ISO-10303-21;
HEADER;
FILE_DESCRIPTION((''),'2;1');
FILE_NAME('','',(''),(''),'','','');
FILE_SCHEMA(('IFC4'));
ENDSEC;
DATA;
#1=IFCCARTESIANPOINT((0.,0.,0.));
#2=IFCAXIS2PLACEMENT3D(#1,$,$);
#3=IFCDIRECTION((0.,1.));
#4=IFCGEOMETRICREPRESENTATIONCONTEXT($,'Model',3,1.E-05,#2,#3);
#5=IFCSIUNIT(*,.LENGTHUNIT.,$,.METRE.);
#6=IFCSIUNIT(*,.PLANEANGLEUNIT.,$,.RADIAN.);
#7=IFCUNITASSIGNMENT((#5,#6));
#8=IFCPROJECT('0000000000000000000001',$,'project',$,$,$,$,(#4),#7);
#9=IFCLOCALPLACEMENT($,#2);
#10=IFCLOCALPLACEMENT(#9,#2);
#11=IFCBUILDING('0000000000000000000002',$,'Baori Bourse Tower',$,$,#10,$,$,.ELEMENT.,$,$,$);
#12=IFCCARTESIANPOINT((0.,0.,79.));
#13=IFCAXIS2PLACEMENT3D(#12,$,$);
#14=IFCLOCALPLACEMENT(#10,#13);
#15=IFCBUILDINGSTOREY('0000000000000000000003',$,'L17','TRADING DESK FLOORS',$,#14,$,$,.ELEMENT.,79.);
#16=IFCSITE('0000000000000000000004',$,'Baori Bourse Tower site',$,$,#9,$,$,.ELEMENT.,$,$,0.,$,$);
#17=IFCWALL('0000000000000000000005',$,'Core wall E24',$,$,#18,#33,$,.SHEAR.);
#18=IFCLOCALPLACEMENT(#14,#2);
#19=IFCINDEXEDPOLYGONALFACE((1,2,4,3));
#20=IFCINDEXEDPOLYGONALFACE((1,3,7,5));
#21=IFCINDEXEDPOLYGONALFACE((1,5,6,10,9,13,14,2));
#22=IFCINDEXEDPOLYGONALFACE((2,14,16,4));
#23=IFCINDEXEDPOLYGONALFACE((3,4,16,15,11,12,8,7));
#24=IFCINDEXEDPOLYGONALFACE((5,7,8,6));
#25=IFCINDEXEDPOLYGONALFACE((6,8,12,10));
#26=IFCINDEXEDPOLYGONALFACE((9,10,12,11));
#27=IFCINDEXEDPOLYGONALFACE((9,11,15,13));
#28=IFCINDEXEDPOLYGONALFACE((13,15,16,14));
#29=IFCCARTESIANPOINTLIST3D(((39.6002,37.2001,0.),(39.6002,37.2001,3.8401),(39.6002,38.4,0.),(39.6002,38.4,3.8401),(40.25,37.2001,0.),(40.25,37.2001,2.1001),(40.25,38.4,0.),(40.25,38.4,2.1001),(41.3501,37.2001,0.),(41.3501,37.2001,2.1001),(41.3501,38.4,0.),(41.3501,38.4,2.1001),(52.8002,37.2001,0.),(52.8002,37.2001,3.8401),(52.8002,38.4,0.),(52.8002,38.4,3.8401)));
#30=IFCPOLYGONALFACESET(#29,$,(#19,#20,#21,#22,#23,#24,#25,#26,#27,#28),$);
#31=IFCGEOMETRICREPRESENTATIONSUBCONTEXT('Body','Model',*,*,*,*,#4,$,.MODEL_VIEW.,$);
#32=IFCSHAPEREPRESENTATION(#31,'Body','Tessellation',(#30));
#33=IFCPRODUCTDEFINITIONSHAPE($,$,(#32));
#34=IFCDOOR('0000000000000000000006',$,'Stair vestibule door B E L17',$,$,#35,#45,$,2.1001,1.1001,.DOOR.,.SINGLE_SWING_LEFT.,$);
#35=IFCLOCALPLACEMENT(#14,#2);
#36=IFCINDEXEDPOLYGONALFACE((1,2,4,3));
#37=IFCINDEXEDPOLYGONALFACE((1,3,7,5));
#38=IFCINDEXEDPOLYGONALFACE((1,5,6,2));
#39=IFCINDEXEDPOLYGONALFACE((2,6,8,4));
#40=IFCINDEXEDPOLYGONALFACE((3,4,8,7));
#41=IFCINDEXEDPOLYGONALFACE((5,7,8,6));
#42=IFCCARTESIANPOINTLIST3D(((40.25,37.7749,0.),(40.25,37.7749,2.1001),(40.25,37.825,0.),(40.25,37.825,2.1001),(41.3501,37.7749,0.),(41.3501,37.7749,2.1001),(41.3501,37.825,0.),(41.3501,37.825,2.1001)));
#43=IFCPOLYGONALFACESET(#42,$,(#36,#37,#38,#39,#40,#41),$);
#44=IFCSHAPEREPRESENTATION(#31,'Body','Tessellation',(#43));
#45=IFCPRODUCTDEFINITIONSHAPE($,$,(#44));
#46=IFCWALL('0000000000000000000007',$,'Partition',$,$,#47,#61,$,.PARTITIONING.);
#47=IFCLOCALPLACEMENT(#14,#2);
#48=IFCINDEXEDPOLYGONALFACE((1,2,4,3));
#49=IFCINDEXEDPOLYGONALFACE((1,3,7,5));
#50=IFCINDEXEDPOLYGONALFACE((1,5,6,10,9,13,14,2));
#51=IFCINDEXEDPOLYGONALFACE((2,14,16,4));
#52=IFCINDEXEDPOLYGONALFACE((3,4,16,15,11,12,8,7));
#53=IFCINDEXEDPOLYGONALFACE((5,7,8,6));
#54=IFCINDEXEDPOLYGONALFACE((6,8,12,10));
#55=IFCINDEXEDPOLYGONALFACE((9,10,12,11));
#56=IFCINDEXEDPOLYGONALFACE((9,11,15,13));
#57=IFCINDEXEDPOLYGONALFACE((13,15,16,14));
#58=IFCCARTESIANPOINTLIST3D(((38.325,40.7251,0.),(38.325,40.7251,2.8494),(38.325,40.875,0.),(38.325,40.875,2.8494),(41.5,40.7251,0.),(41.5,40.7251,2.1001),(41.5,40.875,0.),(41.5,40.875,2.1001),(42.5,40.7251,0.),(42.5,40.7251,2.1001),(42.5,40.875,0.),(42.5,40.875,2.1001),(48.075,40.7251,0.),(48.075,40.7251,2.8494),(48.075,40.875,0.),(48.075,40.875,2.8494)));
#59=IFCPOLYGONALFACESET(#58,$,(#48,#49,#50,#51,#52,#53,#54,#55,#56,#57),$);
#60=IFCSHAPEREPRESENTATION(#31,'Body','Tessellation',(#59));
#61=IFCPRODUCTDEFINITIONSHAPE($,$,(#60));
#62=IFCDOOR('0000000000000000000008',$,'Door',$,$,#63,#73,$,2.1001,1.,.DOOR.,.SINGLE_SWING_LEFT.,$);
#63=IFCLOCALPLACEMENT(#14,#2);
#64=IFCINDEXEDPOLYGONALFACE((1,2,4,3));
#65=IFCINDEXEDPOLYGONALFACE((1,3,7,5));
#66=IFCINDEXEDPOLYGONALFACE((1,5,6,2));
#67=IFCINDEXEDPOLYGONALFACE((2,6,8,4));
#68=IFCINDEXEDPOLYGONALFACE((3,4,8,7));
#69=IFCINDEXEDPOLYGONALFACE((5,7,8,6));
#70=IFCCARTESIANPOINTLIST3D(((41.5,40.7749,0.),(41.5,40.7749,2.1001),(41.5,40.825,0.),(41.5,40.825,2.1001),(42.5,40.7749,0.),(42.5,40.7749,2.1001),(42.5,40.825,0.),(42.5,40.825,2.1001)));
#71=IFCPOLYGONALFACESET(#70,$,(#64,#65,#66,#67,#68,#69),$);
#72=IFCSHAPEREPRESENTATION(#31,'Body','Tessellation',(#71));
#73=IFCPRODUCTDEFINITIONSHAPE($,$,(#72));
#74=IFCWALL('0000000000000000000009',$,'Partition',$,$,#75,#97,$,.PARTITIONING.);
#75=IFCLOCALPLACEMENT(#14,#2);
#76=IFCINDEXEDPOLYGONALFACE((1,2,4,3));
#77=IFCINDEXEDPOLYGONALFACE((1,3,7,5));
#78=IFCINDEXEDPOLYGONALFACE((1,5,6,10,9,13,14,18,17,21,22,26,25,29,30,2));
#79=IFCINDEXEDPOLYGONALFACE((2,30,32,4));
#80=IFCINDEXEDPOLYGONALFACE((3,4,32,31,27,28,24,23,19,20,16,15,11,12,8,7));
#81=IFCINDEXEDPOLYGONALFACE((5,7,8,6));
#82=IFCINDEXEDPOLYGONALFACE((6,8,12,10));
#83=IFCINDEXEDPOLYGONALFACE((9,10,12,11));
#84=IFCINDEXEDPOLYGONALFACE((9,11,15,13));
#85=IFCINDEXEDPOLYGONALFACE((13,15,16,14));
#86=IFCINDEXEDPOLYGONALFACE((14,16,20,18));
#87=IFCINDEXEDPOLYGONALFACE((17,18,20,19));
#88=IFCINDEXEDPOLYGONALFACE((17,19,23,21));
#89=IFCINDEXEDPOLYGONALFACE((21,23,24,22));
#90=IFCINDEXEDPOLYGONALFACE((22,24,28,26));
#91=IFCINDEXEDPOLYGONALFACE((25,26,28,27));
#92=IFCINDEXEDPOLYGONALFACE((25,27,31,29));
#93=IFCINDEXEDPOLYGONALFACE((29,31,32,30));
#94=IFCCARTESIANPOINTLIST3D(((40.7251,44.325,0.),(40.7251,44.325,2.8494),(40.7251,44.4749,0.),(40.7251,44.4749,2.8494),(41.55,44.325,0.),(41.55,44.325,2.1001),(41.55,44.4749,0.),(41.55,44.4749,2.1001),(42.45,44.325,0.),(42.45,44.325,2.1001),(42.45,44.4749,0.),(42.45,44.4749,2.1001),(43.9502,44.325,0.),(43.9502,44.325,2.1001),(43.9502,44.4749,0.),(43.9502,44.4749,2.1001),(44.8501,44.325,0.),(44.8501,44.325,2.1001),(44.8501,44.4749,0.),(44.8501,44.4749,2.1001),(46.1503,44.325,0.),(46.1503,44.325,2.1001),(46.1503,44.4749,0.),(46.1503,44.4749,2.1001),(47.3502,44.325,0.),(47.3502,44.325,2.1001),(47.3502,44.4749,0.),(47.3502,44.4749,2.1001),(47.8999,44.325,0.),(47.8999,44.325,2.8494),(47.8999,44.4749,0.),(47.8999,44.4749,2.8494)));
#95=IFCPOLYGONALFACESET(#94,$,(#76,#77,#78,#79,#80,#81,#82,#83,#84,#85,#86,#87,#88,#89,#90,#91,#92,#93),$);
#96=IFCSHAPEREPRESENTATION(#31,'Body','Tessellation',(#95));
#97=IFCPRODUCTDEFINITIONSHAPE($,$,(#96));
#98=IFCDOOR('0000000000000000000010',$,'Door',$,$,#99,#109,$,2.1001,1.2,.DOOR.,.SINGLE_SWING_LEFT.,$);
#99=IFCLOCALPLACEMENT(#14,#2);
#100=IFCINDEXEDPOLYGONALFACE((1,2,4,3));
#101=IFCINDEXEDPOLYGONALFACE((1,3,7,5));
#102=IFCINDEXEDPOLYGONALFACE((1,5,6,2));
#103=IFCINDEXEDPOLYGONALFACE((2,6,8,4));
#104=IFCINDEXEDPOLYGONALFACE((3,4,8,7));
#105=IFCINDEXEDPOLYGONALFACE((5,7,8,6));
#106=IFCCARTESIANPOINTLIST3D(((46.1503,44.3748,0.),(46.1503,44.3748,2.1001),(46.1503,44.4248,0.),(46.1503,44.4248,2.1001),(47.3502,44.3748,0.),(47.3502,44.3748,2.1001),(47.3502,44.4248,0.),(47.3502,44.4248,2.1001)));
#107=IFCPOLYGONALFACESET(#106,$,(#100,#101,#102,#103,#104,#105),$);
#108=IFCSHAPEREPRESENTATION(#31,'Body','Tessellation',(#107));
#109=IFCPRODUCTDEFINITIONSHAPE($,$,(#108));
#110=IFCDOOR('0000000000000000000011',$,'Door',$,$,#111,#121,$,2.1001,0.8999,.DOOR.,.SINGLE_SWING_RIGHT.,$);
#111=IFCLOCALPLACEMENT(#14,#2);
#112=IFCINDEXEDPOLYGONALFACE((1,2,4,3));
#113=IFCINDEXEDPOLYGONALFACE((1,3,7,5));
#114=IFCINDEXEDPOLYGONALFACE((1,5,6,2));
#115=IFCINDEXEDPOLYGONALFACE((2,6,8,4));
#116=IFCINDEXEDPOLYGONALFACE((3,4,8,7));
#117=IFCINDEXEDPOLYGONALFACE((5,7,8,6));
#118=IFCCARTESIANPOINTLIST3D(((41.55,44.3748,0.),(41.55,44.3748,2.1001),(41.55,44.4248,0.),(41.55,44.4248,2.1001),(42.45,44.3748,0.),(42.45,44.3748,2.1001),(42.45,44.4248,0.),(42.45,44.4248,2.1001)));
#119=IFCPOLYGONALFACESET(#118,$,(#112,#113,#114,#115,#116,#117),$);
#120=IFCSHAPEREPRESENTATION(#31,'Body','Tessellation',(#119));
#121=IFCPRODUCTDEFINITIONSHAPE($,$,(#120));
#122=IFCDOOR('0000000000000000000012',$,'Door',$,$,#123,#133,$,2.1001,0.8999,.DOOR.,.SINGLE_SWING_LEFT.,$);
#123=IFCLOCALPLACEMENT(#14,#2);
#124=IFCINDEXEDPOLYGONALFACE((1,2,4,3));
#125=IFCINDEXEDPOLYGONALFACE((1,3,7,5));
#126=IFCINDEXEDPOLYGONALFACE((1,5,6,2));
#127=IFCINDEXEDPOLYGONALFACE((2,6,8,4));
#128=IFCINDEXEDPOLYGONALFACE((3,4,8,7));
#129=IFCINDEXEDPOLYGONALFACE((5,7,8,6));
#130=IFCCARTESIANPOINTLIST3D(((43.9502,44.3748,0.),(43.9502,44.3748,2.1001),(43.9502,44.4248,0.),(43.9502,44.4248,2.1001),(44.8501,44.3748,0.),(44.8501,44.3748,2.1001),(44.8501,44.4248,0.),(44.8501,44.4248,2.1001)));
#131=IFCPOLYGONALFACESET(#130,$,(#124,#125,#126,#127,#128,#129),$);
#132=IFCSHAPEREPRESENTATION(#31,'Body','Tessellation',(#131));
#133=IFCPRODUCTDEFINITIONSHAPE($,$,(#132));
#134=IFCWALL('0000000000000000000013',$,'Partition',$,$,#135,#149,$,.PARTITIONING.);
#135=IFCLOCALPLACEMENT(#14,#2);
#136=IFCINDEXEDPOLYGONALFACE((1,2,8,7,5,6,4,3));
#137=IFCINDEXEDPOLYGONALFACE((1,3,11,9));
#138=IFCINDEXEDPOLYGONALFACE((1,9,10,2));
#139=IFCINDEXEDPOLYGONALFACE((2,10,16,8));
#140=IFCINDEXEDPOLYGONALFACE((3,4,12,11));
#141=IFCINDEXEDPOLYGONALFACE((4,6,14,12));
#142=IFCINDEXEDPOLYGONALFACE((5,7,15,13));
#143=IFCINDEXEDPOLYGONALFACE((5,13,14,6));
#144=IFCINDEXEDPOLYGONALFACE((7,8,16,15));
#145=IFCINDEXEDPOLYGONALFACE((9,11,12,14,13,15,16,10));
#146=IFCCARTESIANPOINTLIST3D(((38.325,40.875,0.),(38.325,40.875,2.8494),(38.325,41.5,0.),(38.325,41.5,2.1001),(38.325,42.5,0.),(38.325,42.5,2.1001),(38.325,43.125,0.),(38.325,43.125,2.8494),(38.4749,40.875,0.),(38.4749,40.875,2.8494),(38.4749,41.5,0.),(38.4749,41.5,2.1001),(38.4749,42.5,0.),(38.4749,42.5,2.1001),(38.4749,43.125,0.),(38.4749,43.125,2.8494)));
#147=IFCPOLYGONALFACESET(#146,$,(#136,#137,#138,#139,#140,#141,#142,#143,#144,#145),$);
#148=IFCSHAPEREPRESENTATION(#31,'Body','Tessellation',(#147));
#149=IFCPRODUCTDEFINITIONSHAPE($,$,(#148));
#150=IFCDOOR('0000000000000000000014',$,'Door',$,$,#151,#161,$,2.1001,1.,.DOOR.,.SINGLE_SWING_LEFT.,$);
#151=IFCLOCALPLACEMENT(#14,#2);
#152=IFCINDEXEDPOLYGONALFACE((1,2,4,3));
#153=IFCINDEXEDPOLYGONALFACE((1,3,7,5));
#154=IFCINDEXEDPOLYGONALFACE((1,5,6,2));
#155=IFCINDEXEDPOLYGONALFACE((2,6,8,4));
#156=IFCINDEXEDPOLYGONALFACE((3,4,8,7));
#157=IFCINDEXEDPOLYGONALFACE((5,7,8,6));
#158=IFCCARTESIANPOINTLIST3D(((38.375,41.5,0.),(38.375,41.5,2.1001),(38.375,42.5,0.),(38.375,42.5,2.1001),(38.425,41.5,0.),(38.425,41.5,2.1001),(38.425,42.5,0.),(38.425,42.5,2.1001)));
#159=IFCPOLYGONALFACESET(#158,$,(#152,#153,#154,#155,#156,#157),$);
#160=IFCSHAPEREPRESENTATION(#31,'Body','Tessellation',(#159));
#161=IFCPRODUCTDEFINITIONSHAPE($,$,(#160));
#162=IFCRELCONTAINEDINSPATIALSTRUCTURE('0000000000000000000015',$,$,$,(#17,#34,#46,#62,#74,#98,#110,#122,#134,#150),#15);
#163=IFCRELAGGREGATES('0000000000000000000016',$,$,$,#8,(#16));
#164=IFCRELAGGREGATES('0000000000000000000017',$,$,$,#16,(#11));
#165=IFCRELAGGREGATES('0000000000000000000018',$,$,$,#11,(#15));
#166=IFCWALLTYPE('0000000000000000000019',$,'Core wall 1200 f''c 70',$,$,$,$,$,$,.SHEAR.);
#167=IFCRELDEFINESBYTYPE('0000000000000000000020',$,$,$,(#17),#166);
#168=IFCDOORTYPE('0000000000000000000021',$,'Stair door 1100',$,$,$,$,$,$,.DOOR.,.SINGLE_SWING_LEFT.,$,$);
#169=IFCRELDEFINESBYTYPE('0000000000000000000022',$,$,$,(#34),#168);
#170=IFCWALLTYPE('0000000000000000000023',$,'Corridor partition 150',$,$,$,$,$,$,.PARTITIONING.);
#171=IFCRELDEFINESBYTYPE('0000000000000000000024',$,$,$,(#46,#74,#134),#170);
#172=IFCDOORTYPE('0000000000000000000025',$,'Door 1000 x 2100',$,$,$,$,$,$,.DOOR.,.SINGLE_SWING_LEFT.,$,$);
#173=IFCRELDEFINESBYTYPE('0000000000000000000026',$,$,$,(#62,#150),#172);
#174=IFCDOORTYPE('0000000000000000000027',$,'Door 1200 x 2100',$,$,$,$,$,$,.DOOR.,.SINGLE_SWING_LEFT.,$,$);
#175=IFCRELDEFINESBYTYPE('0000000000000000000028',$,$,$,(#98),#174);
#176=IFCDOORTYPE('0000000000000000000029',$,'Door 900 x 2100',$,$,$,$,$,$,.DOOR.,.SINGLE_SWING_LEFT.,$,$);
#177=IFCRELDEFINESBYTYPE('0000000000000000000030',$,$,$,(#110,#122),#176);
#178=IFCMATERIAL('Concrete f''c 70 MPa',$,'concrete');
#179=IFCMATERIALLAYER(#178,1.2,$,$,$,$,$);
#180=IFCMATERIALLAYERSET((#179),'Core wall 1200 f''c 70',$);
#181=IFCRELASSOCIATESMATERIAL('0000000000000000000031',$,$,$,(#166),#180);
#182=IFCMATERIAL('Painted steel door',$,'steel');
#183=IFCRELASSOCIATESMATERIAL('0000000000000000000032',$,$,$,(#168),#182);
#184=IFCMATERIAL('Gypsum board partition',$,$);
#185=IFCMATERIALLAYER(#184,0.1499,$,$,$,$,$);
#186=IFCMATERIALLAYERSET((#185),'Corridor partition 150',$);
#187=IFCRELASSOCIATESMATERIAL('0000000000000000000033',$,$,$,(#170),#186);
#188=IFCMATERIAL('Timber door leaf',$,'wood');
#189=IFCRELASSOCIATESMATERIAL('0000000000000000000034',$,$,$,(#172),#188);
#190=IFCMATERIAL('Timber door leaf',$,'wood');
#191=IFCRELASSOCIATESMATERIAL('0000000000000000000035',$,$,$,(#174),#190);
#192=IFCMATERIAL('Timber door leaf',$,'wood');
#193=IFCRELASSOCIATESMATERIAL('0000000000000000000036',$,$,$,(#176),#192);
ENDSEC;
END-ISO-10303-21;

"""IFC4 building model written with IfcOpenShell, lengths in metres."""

from ifc_helpers import new_model, si_unit, direction, frame, frame_2d, origin, place, context, subcontext, project, spatial, rectangle, extrude, material, layer, layer_set, type_object, element, fill, save


model = new_model("IFC4")

# Units and contexts
model_context = context("Model", 3, precision=1e-05, world=origin(), true_north=direction((0.0, 1.0)))
body_context = subcontext(model_context, "Body", "Model", "MODEL_VIEW")
ifc_project = project(units=[si_unit("LENGTHUNIT", "METRE"), si_unit("PLANEANGLEUNIT", "RADIAN")], contexts=[model_context])

# Site, building, storey
site_placement = place(None, origin())
site = spatial("IfcSite", under=ifc_project, at=site_placement, Name="Baori Bourse Tower site", CompositionType="ELEMENT", RefElevation=0.0)
building_placement = place(site_placement, origin())
building = spatial("IfcBuilding", under=site, at=building_placement, Name="Baori Bourse Tower", CompositionType="ELEMENT")
storey_placement = place(building_placement, frame((0.0, 0.0, 79.0)))
storey = spatial("IfcBuildingStorey", under=building, at=storey_placement, Name="L17", Description="TRADING DESK FLOORS", CompositionType="ELEMENT", Elevation=79.0)

# Walls, openings, doors
ifc_material_1 = material(Name="Concrete f'c 70 MPa", Category="concrete")
ifc_layer_1 = layer(ifc_material_1, 1.2)
ifc_layer_set_1 = layer_set([ifc_layer_1], Name="Core wall 1200 f'c 70")
wall_type_1 = type_object("IfcWallType", Name="Core wall 1200 f'c 70", PredefinedType="SHEAR", material=ifc_layer_set_1)
wall_1_placement = place(storey_placement, frame((39.6001, 37.8, 0.0), z_axis=(0.0, 0.0, 1.0), x_axis=(1.0, 0.0, 0.0)))
wall_1 = element("IfcWall", 1, at=wall_1_placement, inside=storey, type_object=wall_type_1, Name="Core wall E24", PredefinedType="SHEAR", context=body_context, shape_type="SweptSolid", body=[
    extrude(rectangle(XDim=13.2, YDim=1.2, at=frame_2d((6.6001, 0.0))), origin(), (0.0, 0.0, 1.0), 3.8401),
])
opening_1_placement = place(wall_1_placement, frame((0.6499, 0.0, 0.0)))
opening_1 = element("IfcOpeningElement", 2, at=opening_1_placement, cuts=wall_1, PredefinedType="OPENING", context=body_context, shape_type="SweptSolid", body=[
    extrude(rectangle(XDim=1.1001, YDim=2.1001, at=frame_2d((0.55, 1.05))), frame((0.0, 0.6099, 0.0), z_axis=(0.0, -1.0, 0.0), x_axis=(1.0, 0.0, 0.0)), (0.0, 0.0, 1.0), 1.22),
])
ifc_material_2 = material(Name="Painted steel door", Category="steel")
door_type_1 = type_object("IfcDoorType", Name="Stair door 1100", OperationType="SINGLE_SWING_LEFT", PredefinedType="DOOR", material=ifc_material_2)
door_1_placement = place(opening_1_placement, origin())
door_1 = element("IfcDoor", 3, at=door_1_placement, inside=storey, type_object=door_type_1, Name="Stair vestibule door B E L17", OperationType="SINGLE_SWING_LEFT", OverallHeight=2.1001, OverallWidth=1.1001, PredefinedType="DOOR", context=body_context, shape_type="SweptSolid", body=[
    extrude(rectangle(XDim=1.1001, YDim=2.1001, at=frame_2d((0.55, 1.05))), frame((0.0, 0.0249, 0.0), z_axis=(0.0, -1.0, 0.0), x_axis=(1.0, 0.0, 0.0)), (0.0, 0.0, 1.0), 0.05),
])
fill(opening_1, door_1)
ifc_material_3 = material(Name="Gypsum board partition")
ifc_layer_2 = layer(ifc_material_3, 0.1499)
ifc_layer_set_2 = layer_set([ifc_layer_2], Name="Corridor partition 150")
wall_type_2 = type_object("IfcWallType", Name="Corridor partition 150", PredefinedType="PARTITIONING", material=ifc_layer_set_2)
wall_2_placement = place(storey_placement, frame((38.325, 40.8, 0.0), z_axis=(0.0, 0.0, 1.0), x_axis=(1.0, 0.0, 0.0)))
wall_2 = element("IfcWall", 4, at=wall_2_placement, inside=storey, type_object=wall_type_2, Name="Partition", PredefinedType="PARTITIONING", context=body_context, shape_type="SweptSolid", body=[
    extrude(rectangle(XDim=9.75, YDim=0.1499, at=frame_2d((4.875, 0.0))), origin(), (0.0, 0.0, 1.0), 2.8494),
])
opening_2_placement = place(wall_2_placement, frame((3.175, 0.0, 0.0)))
opening_2 = element("IfcOpeningElement", 5, at=opening_2_placement, cuts=wall_2, PredefinedType="OPENING", context=body_context, shape_type="SweptSolid", body=[
    extrude(rectangle(XDim=1.0, YDim=2.1001, at=frame_2d((0.5, 1.05))), frame((0.0, 0.085, 0.0), z_axis=(0.0, -1.0, 0.0), x_axis=(1.0, 0.0, 0.0)), (0.0, 0.0, 1.0), 0.1699),
])
ifc_material_4 = material(Name="Timber door leaf", Category="wood")
door_type_2 = type_object("IfcDoorType", Name="Door 1000 x 2100", OperationType="SINGLE_SWING_LEFT", PredefinedType="DOOR", material=ifc_material_4)
door_2_placement = place(opening_2_placement, origin())
door_2 = element("IfcDoor", 6, at=door_2_placement, inside=storey, type_object=door_type_2, Name="Door", OperationType="SINGLE_SWING_LEFT", OverallHeight=2.1001, OverallWidth=1.0, PredefinedType="DOOR", context=body_context, shape_type="SweptSolid", body=[
    extrude(rectangle(XDim=1.0, YDim=2.1001, at=frame_2d((0.5, 1.05))), frame((0.0, 0.0249, 0.0), z_axis=(0.0, -1.0, 0.0), x_axis=(1.0, 0.0, 0.0)), (0.0, 0.0, 1.0), 0.05),
])
fill(opening_2, door_2)

# Wall, openings, doors
wall_3_placement = place(storey_placement, frame((40.7251, 44.3999, 0.0), z_axis=(0.0, 0.0, 1.0), x_axis=(1.0, 0.0, 0.0)))
wall_3 = element("IfcWall", 7, at=wall_3_placement, inside=storey, type_object=wall_type_2, Name="Partition", PredefinedType="PARTITIONING", context=body_context, shape_type="SweptSolid", body=[
    extrude(rectangle(XDim=7.1748, YDim=0.1499, at=frame_2d((3.5874, 0.0))), origin(), (0.0, 0.0, 1.0), 2.8494),
])
opening_3_placement = place(wall_3_placement, frame((0.825, 0.0, 0.0)))
opening_3 = element("IfcOpeningElement", 8, at=opening_3_placement, cuts=wall_3, PredefinedType="OPENING", context=body_context, shape_type="SweptSolid", body=[
    extrude(rectangle(XDim=0.8999, YDim=2.1001, at=frame_2d((0.45, 1.05))), frame((0.0, 0.085, 0.0), z_axis=(0.0, -1.0, 0.0), x_axis=(1.0, 0.0, 0.0)), (0.0, 0.0, 1.0), 0.1699),
])
opening_4_placement = place(wall_3_placement, frame((3.2251, 0.0, 0.0)))
opening_4 = element("IfcOpeningElement", 9, at=opening_4_placement, cuts=wall_3, PredefinedType="OPENING", context=body_context, shape_type="SweptSolid", body=[
    extrude(rectangle(XDim=0.8999, YDim=2.1001, at=frame_2d((0.45, 1.05))), frame((0.0, 0.085, 0.0), z_axis=(0.0, -1.0, 0.0), x_axis=(1.0, 0.0, 0.0)), (0.0, 0.0, 1.0), 0.1699),
])
opening_5_placement = place(wall_3_placement, frame((5.425, 0.0, 0.0)))
opening_5 = element("IfcOpeningElement", 10, at=opening_5_placement, cuts=wall_3, PredefinedType="OPENING", context=body_context, shape_type="SweptSolid", body=[
    extrude(rectangle(XDim=1.2, YDim=2.1001, at=frame_2d((0.6001, 1.05))), frame((0.0, 0.085, 0.0), z_axis=(0.0, -1.0, 0.0), x_axis=(1.0, 0.0, 0.0)), (0.0, 0.0, 1.0), 0.1699),
])
ifc_material_5 = material(Name="Timber door leaf", Category="wood")
door_type_3 = type_object("IfcDoorType", Name="Door 1200 x 2100", OperationType="SINGLE_SWING_LEFT", PredefinedType="DOOR", material=ifc_material_5)
door_3_placement = place(opening_5_placement, origin())
door_3 = element("IfcDoor", 11, at=door_3_placement, inside=storey, type_object=door_type_3, Name="Door", OperationType="SINGLE_SWING_LEFT", OverallHeight=2.1001, OverallWidth=1.2, PredefinedType="DOOR", context=body_context, shape_type="SweptSolid", body=[
    extrude(rectangle(XDim=1.2, YDim=2.1001, at=frame_2d((0.6001, 1.05))), frame((0.0, 0.0249, 0.0), z_axis=(0.0, -1.0, 0.0), x_axis=(1.0, 0.0, 0.0)), (0.0, 0.0, 1.0), 0.05),
])
fill(opening_5, door_3)
ifc_material_6 = material(Name="Timber door leaf", Category="wood")
door_type_4 = type_object("IfcDoorType", Name="Door 900 x 2100", OperationType="SINGLE_SWING_LEFT", PredefinedType="DOOR", material=ifc_material_6)
door_4_placement = place(opening_3_placement, origin())
door_4 = element("IfcDoor", 12, at=door_4_placement, inside=storey, type_object=door_type_4, Name="Door", OperationType="SINGLE_SWING_RIGHT", OverallHeight=2.1001, OverallWidth=0.8999, PredefinedType="DOOR", context=body_context, shape_type="SweptSolid", body=[
    extrude(rectangle(XDim=0.8999, YDim=2.1001, at=frame_2d((0.45, 1.05))), frame((0.0, 0.0249, 0.0), z_axis=(0.0, -1.0, 0.0), x_axis=(1.0, 0.0, 0.0)), (0.0, 0.0, 1.0), 0.05),
])
fill(opening_3, door_4)
door_5_placement = place(opening_4_placement, origin())
door_5 = element("IfcDoor", 13, at=door_5_placement, inside=storey, type_object=door_type_4, Name="Door", OperationType="SINGLE_SWING_LEFT", OverallHeight=2.1001, OverallWidth=0.8999, PredefinedType="DOOR", context=body_context, shape_type="SweptSolid", body=[
    extrude(rectangle(XDim=0.8999, YDim=2.1001, at=frame_2d((0.45, 1.05))), frame((0.0, 0.0249, 0.0), z_axis=(0.0, -1.0, 0.0), x_axis=(1.0, 0.0, 0.0)), (0.0, 0.0, 1.0), 0.05),
])
fill(opening_4, door_5)

# Wall, opening, door
wall_4_placement = place(storey_placement, frame((38.3999, 40.875, 0.0), z_axis=(0.0, 0.0, 1.0), x_axis=(0.0, 1.0, 0.0)))
wall_4 = element("IfcWall", 14, at=wall_4_placement, inside=storey, type_object=wall_type_2, Name="Partition", PredefinedType="PARTITIONING", context=body_context, shape_type="SweptSolid", body=[
    extrude(rectangle(XDim=2.25, YDim=0.1499, at=frame_2d((1.125, 0.0))), origin(), (0.0, 0.0, 1.0), 2.8494),
])
opening_6_placement = place(wall_4_placement, frame((0.625, 0.0, 0.0)))
opening_6 = element("IfcOpeningElement", 15, at=opening_6_placement, cuts=wall_4, PredefinedType="OPENING", context=body_context, shape_type="SweptSolid", body=[
    extrude(rectangle(XDim=1.0, YDim=2.1001, at=frame_2d((0.5, 1.05))), frame((0.0, 0.085, 0.0), z_axis=(0.0, -1.0, 0.0), x_axis=(1.0, 0.0, 0.0)), (0.0, 0.0, 1.0), 0.1699),
])
door_6_placement = place(opening_6_placement, origin())
door_6 = element("IfcDoor", 16, at=door_6_placement, inside=storey, type_object=door_type_2, Name="Door", OperationType="SINGLE_SWING_LEFT", OverallHeight=2.1001, OverallWidth=1.0, PredefinedType="DOOR", context=body_context, shape_type="SweptSolid", body=[
    extrude(rectangle(XDim=1.0, YDim=2.1001, at=frame_2d((0.5, 1.05))), frame((0.0, 0.0249, 0.0), z_axis=(0.0, -1.0, 0.0), x_axis=(1.0, 0.0, 0.0)), (0.0, 0.0, 1.0), 0.05),
])
fill(opening_6, door_6)

save(model, "model.ifc")
